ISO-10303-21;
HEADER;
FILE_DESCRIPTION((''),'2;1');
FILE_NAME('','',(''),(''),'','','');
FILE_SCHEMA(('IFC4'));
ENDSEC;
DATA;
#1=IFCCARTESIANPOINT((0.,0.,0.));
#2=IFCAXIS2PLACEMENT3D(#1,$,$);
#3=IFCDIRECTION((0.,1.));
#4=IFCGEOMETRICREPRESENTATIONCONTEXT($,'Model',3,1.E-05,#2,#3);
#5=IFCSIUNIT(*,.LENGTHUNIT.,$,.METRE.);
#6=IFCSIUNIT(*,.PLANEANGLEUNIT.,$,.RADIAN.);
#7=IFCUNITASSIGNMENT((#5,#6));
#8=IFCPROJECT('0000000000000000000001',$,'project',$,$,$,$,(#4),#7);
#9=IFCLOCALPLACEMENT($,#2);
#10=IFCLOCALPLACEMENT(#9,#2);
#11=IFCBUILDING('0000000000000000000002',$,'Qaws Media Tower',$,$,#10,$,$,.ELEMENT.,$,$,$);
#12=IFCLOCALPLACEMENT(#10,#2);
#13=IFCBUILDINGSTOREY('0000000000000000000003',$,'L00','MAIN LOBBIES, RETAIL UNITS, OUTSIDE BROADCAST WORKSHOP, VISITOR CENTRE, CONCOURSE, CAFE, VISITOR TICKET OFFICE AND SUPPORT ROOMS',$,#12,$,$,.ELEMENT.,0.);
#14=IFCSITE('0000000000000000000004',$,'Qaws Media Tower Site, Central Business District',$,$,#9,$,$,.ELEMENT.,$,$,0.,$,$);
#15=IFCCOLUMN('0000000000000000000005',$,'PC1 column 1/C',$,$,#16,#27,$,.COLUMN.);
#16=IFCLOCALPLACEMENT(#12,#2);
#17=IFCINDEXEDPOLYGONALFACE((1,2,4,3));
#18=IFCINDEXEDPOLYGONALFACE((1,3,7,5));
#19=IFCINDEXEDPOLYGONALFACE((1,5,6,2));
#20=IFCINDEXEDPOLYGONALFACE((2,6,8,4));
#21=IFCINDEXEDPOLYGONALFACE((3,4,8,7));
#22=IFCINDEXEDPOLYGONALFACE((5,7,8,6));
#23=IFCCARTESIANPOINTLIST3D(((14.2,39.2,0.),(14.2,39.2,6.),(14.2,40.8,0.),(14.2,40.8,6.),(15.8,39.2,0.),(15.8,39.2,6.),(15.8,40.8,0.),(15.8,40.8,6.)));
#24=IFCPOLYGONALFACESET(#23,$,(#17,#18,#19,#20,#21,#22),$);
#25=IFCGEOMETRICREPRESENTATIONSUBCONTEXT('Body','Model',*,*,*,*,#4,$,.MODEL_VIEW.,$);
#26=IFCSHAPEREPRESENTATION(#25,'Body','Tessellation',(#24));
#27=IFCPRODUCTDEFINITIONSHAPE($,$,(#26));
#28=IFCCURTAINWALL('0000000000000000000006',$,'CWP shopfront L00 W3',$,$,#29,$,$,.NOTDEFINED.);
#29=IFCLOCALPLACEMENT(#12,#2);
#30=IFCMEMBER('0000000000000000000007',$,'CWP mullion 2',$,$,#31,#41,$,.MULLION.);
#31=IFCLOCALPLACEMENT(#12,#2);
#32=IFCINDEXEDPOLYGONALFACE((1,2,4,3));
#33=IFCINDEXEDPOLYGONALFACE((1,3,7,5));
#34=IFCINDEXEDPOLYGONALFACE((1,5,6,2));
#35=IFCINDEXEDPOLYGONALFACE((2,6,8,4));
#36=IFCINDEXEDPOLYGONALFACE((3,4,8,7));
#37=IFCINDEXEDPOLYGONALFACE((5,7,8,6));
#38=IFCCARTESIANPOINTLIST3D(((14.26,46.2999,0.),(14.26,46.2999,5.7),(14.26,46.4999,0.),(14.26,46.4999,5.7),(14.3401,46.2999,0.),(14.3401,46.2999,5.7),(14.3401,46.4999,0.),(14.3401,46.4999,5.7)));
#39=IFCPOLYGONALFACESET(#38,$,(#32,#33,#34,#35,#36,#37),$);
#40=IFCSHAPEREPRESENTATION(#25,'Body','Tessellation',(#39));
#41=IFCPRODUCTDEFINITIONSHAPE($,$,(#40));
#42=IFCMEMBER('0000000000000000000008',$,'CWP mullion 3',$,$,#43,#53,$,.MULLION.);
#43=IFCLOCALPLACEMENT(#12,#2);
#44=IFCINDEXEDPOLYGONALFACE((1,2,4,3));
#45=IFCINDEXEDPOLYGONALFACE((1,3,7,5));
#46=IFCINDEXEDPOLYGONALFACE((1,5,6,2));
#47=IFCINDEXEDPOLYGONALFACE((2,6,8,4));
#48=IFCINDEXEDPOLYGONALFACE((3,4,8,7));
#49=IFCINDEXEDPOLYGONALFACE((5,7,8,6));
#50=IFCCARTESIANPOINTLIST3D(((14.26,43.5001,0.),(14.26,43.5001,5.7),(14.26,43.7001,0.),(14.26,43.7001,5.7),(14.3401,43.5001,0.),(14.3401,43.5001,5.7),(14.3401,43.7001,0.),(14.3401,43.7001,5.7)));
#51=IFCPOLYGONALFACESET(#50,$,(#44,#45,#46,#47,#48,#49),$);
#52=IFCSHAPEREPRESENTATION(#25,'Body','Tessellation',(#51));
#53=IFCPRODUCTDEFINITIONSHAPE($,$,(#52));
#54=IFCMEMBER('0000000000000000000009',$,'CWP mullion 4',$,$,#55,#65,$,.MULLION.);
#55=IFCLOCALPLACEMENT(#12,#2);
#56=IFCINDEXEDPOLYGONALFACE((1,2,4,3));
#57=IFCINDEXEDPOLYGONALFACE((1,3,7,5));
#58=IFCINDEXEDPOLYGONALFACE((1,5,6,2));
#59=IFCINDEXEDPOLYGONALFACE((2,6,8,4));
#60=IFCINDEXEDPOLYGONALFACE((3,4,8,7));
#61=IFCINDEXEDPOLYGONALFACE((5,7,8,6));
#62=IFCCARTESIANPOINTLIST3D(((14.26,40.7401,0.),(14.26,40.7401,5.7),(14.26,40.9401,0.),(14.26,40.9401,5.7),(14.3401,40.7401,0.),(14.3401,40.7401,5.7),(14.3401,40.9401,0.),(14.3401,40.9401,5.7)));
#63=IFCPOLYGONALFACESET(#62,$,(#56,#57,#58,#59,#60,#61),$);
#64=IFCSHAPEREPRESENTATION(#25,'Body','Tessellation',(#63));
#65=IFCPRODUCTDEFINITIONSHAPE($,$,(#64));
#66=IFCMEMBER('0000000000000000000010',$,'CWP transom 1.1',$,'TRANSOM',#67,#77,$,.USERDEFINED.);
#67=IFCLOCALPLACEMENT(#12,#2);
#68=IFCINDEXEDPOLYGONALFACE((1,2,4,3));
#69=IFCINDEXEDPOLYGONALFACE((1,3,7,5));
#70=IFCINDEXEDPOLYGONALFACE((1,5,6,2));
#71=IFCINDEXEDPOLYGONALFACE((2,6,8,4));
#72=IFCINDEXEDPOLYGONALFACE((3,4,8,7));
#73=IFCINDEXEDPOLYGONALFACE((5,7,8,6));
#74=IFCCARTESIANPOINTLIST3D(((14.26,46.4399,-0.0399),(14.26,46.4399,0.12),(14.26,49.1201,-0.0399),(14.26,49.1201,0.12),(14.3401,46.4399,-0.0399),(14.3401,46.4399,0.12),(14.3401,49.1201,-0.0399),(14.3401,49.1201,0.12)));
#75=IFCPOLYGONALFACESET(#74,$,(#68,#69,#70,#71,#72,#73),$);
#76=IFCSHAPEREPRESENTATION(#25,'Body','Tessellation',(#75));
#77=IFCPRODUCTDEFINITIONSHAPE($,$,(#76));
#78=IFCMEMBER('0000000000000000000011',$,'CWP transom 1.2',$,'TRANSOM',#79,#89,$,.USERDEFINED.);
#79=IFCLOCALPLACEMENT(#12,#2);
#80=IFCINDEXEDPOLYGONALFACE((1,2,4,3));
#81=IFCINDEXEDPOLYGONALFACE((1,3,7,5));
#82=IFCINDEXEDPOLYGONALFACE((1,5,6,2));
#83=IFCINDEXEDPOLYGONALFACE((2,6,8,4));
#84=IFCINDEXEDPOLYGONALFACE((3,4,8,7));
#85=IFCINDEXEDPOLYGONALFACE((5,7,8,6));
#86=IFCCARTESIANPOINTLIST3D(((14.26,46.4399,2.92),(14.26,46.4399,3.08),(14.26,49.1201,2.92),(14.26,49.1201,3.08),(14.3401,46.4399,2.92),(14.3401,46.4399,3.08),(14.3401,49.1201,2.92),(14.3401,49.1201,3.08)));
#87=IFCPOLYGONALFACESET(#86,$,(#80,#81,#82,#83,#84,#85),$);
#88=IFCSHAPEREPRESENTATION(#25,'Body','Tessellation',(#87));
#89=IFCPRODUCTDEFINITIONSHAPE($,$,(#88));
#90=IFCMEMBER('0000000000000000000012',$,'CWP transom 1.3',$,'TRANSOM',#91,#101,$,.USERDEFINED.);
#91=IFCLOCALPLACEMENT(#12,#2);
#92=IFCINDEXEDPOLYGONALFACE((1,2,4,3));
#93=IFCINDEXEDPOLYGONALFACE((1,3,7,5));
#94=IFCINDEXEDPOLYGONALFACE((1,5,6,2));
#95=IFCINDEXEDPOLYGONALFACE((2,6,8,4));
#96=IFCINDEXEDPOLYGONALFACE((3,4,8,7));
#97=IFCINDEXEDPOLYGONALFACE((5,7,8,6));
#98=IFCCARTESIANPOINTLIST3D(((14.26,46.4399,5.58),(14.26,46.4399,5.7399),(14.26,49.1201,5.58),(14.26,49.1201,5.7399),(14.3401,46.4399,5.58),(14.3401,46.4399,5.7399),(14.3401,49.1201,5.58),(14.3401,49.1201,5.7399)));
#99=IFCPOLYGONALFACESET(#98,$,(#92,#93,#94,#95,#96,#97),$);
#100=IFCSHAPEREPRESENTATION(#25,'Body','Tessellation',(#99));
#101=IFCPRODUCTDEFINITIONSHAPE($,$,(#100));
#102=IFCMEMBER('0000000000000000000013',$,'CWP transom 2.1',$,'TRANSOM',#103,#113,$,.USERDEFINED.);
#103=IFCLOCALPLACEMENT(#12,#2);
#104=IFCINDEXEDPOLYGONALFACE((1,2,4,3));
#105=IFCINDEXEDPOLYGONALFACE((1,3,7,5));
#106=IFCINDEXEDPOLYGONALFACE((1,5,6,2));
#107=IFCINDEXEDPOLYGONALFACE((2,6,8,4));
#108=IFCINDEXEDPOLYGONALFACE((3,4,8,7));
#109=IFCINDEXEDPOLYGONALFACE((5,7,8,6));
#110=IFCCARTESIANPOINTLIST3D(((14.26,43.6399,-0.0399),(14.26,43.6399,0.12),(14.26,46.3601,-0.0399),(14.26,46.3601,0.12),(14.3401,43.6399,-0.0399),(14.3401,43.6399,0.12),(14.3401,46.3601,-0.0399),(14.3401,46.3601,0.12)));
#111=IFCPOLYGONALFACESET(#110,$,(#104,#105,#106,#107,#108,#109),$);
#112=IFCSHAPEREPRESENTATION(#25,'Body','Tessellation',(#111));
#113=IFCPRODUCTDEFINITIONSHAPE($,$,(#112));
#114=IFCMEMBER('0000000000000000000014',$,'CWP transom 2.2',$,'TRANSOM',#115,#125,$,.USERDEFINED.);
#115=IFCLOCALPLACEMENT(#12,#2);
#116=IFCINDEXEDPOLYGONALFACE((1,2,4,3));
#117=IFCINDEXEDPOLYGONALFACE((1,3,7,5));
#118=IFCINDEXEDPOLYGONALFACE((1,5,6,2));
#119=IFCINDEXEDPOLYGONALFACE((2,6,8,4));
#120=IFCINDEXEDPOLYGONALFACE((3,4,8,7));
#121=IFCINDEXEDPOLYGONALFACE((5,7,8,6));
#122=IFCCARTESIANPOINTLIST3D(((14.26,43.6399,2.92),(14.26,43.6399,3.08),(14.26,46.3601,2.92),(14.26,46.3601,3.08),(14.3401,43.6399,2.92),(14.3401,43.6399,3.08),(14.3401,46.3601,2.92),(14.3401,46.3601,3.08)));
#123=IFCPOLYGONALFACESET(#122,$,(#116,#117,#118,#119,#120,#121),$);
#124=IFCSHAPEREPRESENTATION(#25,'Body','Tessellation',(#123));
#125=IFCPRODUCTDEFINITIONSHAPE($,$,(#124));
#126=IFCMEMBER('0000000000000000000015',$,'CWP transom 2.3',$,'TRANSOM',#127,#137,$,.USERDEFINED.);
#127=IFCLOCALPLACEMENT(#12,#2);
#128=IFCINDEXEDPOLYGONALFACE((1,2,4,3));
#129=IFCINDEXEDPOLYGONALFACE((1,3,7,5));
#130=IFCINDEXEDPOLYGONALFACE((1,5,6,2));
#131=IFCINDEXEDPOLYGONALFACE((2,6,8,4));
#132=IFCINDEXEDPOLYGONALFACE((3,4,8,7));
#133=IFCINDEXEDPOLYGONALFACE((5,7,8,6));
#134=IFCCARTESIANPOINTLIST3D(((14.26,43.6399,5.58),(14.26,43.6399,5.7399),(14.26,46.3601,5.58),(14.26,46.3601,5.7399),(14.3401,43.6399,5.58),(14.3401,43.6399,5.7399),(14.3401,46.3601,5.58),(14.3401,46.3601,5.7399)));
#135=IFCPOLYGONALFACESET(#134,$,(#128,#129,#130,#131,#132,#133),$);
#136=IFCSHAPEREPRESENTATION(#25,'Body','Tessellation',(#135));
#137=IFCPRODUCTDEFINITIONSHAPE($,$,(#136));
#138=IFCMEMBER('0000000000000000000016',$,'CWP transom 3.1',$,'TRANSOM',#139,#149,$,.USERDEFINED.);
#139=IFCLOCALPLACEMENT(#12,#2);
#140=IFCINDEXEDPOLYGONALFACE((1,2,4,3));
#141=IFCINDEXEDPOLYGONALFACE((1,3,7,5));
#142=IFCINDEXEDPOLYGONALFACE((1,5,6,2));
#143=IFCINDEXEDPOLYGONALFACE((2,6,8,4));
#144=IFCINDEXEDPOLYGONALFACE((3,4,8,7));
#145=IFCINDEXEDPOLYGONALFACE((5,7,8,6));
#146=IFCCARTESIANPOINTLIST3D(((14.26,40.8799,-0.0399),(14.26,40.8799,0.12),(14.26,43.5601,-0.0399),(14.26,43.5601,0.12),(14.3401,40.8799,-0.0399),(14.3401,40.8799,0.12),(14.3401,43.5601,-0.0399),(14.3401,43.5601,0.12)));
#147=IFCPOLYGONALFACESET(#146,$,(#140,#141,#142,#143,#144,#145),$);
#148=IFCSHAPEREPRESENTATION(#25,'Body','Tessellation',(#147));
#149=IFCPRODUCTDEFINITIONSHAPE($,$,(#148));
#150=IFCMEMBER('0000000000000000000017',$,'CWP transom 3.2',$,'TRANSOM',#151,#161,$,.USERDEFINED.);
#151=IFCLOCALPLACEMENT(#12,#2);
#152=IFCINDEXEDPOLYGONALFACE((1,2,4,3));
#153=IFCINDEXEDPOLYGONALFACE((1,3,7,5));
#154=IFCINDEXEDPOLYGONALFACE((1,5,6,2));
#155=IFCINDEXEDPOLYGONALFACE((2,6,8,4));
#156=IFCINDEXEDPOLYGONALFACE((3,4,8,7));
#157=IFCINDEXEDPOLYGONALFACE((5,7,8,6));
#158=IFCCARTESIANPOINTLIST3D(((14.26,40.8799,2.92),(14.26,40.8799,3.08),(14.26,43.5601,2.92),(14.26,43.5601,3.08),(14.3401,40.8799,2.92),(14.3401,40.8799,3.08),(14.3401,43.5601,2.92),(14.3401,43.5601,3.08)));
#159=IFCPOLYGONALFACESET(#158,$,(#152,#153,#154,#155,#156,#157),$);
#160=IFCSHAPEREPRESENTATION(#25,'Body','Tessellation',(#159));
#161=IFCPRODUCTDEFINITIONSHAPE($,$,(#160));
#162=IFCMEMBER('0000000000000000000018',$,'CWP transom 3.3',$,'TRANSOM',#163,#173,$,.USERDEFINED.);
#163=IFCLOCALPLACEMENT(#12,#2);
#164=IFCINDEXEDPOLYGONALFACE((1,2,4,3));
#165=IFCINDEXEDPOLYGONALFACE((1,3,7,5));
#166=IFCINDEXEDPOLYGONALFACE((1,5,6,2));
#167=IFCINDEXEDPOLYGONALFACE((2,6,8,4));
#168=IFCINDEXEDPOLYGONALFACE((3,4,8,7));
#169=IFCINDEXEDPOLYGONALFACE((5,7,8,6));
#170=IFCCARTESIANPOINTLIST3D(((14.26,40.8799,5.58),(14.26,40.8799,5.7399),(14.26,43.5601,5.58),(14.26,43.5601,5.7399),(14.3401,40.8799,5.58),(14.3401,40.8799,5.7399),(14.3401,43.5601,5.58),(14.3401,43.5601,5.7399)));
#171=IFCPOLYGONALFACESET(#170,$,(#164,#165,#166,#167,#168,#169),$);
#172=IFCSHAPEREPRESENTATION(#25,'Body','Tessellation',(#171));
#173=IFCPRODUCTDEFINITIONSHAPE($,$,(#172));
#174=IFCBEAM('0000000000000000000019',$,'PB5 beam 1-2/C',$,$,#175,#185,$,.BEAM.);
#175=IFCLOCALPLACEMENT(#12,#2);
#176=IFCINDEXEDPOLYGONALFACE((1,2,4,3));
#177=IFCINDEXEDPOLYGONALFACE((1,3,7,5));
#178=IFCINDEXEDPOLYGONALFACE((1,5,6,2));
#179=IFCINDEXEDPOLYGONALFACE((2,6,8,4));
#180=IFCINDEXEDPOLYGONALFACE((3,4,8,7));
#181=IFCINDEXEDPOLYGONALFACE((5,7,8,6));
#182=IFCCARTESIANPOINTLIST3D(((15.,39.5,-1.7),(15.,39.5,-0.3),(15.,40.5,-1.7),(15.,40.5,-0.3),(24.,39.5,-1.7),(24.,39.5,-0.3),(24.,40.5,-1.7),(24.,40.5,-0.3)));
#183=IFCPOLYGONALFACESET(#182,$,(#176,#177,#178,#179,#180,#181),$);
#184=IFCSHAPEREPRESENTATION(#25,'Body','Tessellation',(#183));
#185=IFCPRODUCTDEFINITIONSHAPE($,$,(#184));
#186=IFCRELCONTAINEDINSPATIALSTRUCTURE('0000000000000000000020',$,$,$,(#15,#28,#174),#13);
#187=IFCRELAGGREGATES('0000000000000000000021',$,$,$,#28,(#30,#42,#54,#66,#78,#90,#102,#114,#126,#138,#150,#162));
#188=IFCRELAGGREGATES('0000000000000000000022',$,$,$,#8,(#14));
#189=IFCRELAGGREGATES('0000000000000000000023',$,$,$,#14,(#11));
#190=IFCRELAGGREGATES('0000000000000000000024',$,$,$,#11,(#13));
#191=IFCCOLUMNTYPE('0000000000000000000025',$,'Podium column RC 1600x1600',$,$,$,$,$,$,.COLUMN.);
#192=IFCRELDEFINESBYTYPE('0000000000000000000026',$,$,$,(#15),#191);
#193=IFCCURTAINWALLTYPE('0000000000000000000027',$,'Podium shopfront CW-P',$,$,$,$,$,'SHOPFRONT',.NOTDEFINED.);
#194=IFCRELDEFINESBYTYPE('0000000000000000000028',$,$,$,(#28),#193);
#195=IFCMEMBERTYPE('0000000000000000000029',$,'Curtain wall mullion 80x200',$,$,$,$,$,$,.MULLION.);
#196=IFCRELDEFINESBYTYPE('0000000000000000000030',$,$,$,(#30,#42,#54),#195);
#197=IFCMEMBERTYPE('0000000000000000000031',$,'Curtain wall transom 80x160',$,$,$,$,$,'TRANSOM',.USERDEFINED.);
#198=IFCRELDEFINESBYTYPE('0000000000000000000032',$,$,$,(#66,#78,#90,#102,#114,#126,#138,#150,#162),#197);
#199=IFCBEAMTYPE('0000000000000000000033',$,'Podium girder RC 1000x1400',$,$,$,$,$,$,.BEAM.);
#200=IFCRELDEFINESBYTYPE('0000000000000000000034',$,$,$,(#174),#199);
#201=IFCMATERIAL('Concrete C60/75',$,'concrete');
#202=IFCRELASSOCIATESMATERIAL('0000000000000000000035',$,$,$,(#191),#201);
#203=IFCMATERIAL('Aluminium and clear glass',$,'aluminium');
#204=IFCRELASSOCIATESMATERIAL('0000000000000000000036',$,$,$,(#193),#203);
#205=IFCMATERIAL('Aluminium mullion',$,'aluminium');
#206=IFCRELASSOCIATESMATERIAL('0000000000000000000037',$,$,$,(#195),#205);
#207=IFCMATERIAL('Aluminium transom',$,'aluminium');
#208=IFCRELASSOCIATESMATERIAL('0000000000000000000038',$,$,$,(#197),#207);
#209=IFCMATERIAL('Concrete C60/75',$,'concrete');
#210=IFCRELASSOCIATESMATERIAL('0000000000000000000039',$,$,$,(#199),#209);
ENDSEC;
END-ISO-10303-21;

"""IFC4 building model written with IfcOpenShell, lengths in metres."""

from ifc_helpers import new_model, si_unit, direction, frame, origin, origin_2d, place, context, subcontext, project, spatial, rectangle, extrude, material, material_profile, profile_set, type_object, element, aggregate, save


model = new_model("IFC4")

# Units and contexts
model_context = context("Model", 3, precision=1e-05, world=origin(), true_north=direction((0.0, 1.0)))
body_context = subcontext(model_context, "Body", "Model", "MODEL_VIEW")
ifc_project = project(units=[si_unit("LENGTHUNIT", "METRE"), si_unit("PLANEANGLEUNIT", "RADIAN")], contexts=[model_context])

# Site, building, storey
site_placement = place(None, origin())
site = spatial("IfcSite", under=ifc_project, at=site_placement, Name="Qaws Media Tower Site, Central Business District", CompositionType="ELEMENT", RefElevation=0.0)
building_placement = place(site_placement, origin())
building = spatial("IfcBuilding", under=site, at=building_placement, Name="Qaws Media Tower", CompositionType="ELEMENT")
storey_placement = place(building_placement, origin())
storey = spatial("IfcBuildingStorey", under=building, at=storey_placement, Name="L00", Description="MAIN LOBBIES, RETAIL UNITS, OUTSIDE BROADCAST WORKSHOP, VISITOR CENTRE, CONCOURSE, CAFE, VISITOR TICKET OFFICE AND SUPPORT ROOMS", CompositionType="ELEMENT", Elevation=0.0)

# Column
ifc_material_1 = material(Name="Concrete C60/75", Category="concrete")
ifc_material_profile_1 = material_profile(ifc_material_1, rectangle(XDim=1.6001, YDim=1.6001, at=origin_2d()), Name="RC 1600x1600")
ifc_profile_set_1 = profile_set([ifc_material_profile_1], Name="Concrete C60/75")
column_type = type_object("IfcColumnType", Name="Podium column RC 1600x1600", PredefinedType="COLUMN", material=ifc_profile_set_1)
column_placement = place(storey_placement, frame((15.0, 40.0, 0.0), z_axis=(0.0, 0.0, 1.0), x_axis=(1.0, 0.0, 0.0)))
element("IfcColumn", 1, at=column_placement, inside=storey, type_object=column_type, Name="PC1 column 1/C", PredefinedType="COLUMN", context=body_context, shape_type="SweptSolid", body=[
    extrude(rectangle(XDim=1.6001, YDim=1.6001, at=origin_2d()), origin(), (0.0, 0.0, 1.0), 6.0),
])

# Curtain wall, members
ifc_material_2 = material(Name="Aluminium and clear glass", Category="aluminium")
curtain_wall_type = type_object("IfcCurtainWallType", Name="Podium shopfront CW-P", ElementType="SHOPFRONT", PredefinedType="NOTDEFINED", material=ifc_material_2)
curtain_wall_placement = place(storey_placement, origin())
curtain_wall = element("IfcCurtainWall", 2, at=curtain_wall_placement, inside=storey, type_object=curtain_wall_type, Name="CWP shopfront L00 W3", PredefinedType="NOTDEFINED")
ifc_material_3 = material(Name="Aluminium mullion", Category="aluminium")
ifc_material_profile_2 = material_profile(ifc_material_3, rectangle(XDim=0.0801, YDim=0.2, at=origin_2d()), Name="80x200")
ifc_profile_set_2 = profile_set([ifc_material_profile_2], Name="Aluminium mullion")
member_type_1 = type_object("IfcMemberType", Name="Curtain wall mullion 80x200", PredefinedType="MULLION", material=ifc_profile_set_2)
member_1_placement = place(storey_placement, frame((14.3, 46.3999, 0.0), z_axis=(0.0, 0.0, 1.0), x_axis=(1.0, 0.0, 0.0)))
member_1 = element("IfcMember", 3, at=member_1_placement, type_object=member_type_1, Name="CWP mullion 2", PredefinedType="MULLION", context=body_context, shape_type="SweptSolid", body=[
    extrude(rectangle(XDim=0.0801, YDim=0.2, at=origin_2d()), origin(), (0.0, 0.0, 1.0), 5.7),
])
member_2_placement = place(storey_placement, frame((14.3, 43.6001, 0.0), z_axis=(0.0, 0.0, 1.0), x_axis=(1.0, 0.0, 0.0)))
member_2 = element("IfcMember", 4, at=member_2_placement, type_object=member_type_1, Name="CWP mullion 3", PredefinedType="MULLION", context=body_context, shape_type="SweptSolid", body=[
    extrude(rectangle(XDim=0.0801, YDim=0.2, at=origin_2d()), origin(), (0.0, 0.0, 1.0), 5.7),
])
member_3_placement = place(storey_placement, frame((14.3, 40.8401, 0.0), z_axis=(0.0, 0.0, 1.0), x_axis=(1.0, 0.0, 0.0)))
member_3 = element("IfcMember", 5, at=member_3_placement, type_object=member_type_1, Name="CWP mullion 4", PredefinedType="MULLION", context=body_context, shape_type="SweptSolid", body=[
    extrude(rectangle(XDim=0.0801, YDim=0.2, at=origin_2d()), origin(), (0.0, 0.0, 1.0), 5.7),
])
ifc_material_4 = material(Name="Aluminium transom", Category="aluminium")
ifc_material_profile_3 = material_profile(ifc_material_4, rectangle(XDim=0.0801, YDim=0.1599, at=origin_2d()), Name="80x160")
ifc_profile_set_3 = profile_set([ifc_material_profile_3], Name="Aluminium transom")
member_type_2 = type_object("IfcMemberType", Name="Curtain wall transom 80x160", ElementType="TRANSOM", PredefinedType="USERDEFINED", material=ifc_profile_set_3)
member_4_placement = place(storey_placement, frame((14.3, 49.1201, 0.04), z_axis=(0.0, -1.0, 0.0), x_axis=(1.0, 0.0, 0.0)))
member_4 = element("IfcMember", 6, at=member_4_placement, type_object=member_type_2, Name="CWP transom 1.1", ObjectType="TRANSOM", PredefinedType="USERDEFINED", context=body_context, shape_type="SweptSolid", body=[
    extrude(rectangle(XDim=0.0801, YDim=0.1599, at=origin_2d()), origin(), (0.0, 0.0, 1.0), 2.6802),
])
member_5_placement = place(storey_placement, frame((14.3, 49.1201, 3.0), z_axis=(0.0, -1.0, 0.0), x_axis=(1.0, 0.0, 0.0)))
member_5 = element("IfcMember", 7, at=member_5_placement, type_object=member_type_2, Name="CWP transom 1.2", ObjectType="TRANSOM", PredefinedType="USERDEFINED", context=body_context, shape_type="SweptSolid", body=[
    extrude(rectangle(XDim=0.0801, YDim=0.1599, at=origin_2d()), origin(), (0.0, 0.0, 1.0), 2.6802),
])
member_6_placement = place(storey_placement, frame((14.3, 49.1201, 5.6599), z_axis=(0.0, -1.0, 0.0), x_axis=(1.0, 0.0, 0.0)))
member_6 = element("IfcMember", 8, at=member_6_placement, type_object=member_type_2, Name="CWP transom 1.3", ObjectType="TRANSOM", PredefinedType="USERDEFINED", context=body_context, shape_type="SweptSolid", body=[
    extrude(rectangle(XDim=0.0801, YDim=0.1599, at=origin_2d()), origin(), (0.0, 0.0, 1.0), 2.6802),
])
member_7_placement = place(storey_placement, frame((14.3, 46.3601, 0.04), z_axis=(0.0, -1.0, 0.0), x_axis=(1.0, 0.0, 0.0)))
member_7 = element("IfcMember", 9, at=member_7_placement, type_object=member_type_2, Name="CWP transom 2.1", ObjectType="TRANSOM", PredefinedType="USERDEFINED", context=body_context, shape_type="SweptSolid", body=[
    extrude(rectangle(XDim=0.0801, YDim=0.1599, at=origin_2d()), origin(), (0.0, 0.0, 1.0), 2.7202),
])
member_8_placement = place(storey_placement, frame((14.3, 46.3601, 3.0), z_axis=(0.0, -1.0, 0.0), x_axis=(1.0, 0.0, 0.0)))
member_8 = element("IfcMember", 10, at=member_8_placement, type_object=member_type_2, Name="CWP transom 2.2", ObjectType="TRANSOM", PredefinedType="USERDEFINED", context=body_context, shape_type="SweptSolid", body=[
    extrude(rectangle(XDim=0.0801, YDim=0.1599, at=origin_2d()), origin(), (0.0, 0.0, 1.0), 2.7202),
])
member_9_placement = place(storey_placement, frame((14.3, 46.3601, 5.6599), z_axis=(0.0, -1.0, 0.0), x_axis=(1.0, 0.0, 0.0)))
member_9 = element("IfcMember", 11, at=member_9_placement, type_object=member_type_2, Name="CWP transom 2.3", ObjectType="TRANSOM", PredefinedType="USERDEFINED", context=body_context, shape_type="SweptSolid", body=[
    extrude(rectangle(XDim=0.0801, YDim=0.1599, at=origin_2d()), origin(), (0.0, 0.0, 1.0), 2.7202),
])
member_10_placement = place(storey_placement, frame((14.3, 43.5601, 0.04), z_axis=(0.0, -1.0, 0.0), x_axis=(1.0, 0.0, 0.0)))
member_10 = element("IfcMember", 12, at=member_10_placement, type_object=member_type_2, Name="CWP transom 3.1", ObjectType="TRANSOM", PredefinedType="USERDEFINED", context=body_context, shape_type="SweptSolid", body=[
    extrude(rectangle(XDim=0.0801, YDim=0.1599, at=origin_2d()), origin(), (0.0, 0.0, 1.0), 2.6802),
])
member_11_placement = place(storey_placement, frame((14.3, 43.5601, 3.0), z_axis=(0.0, -1.0, 0.0), x_axis=(1.0, 0.0, 0.0)))
member_11 = element("IfcMember", 13, at=member_11_placement, type_object=member_type_2, Name="CWP transom 3.2", ObjectType="TRANSOM", PredefinedType="USERDEFINED", context=body_context, shape_type="SweptSolid", body=[
    extrude(rectangle(XDim=0.0801, YDim=0.1599, at=origin_2d()), origin(), (0.0, 0.0, 1.0), 2.6802),
])
member_12_placement = place(storey_placement, frame((14.3, 43.5601, 5.6599), z_axis=(0.0, -1.0, 0.0), x_axis=(1.0, 0.0, 0.0)))
member_12 = element("IfcMember", 14, at=member_12_placement, type_object=member_type_2, Name="CWP transom 3.3", ObjectType="TRANSOM", PredefinedType="USERDEFINED", context=body_context, shape_type="SweptSolid", body=[
    extrude(rectangle(XDim=0.0801, YDim=0.1599, at=origin_2d()), origin(), (0.0, 0.0, 1.0), 2.6802),
])

# Beam
ifc_material_5 = material(Name="Concrete C60/75", Category="concrete")
ifc_material_profile_4 = material_profile(ifc_material_5, rectangle(XDim=1.0, YDim=1.3999, at=origin_2d()), Name="RC 1000x1400")
ifc_profile_set_4 = profile_set([ifc_material_profile_4], Name="Concrete C60/75")
beam_type_1 = type_object("IfcBeamType", Name="Podium girder RC 1000x1400", PredefinedType="BEAM", material=ifc_profile_set_4)
beam_1_placement = place(storey_placement, frame((15.0, 40.0, -1.0), z_axis=(1.0, 0.0, 0.0), x_axis=(0.0, 1.0, 0.0)))
element("IfcBeam", 15, at=beam_1_placement, inside=storey, type_object=beam_type_1, Name="PB5 beam 1-2/C", PredefinedType="BEAM", context=body_context, shape_type="SweptSolid", body=[
    extrude(rectangle(XDim=1.0, YDim=1.3999, at=origin_2d()), origin(), (0.0, 0.0, 1.0), 9.0),
])

aggregate(curtain_wall, [member_1, member_2, member_3, member_4, member_5, member_6, member_7, member_8, member_9, member_10, member_11, member_12])

save(model, "model.ifc")
